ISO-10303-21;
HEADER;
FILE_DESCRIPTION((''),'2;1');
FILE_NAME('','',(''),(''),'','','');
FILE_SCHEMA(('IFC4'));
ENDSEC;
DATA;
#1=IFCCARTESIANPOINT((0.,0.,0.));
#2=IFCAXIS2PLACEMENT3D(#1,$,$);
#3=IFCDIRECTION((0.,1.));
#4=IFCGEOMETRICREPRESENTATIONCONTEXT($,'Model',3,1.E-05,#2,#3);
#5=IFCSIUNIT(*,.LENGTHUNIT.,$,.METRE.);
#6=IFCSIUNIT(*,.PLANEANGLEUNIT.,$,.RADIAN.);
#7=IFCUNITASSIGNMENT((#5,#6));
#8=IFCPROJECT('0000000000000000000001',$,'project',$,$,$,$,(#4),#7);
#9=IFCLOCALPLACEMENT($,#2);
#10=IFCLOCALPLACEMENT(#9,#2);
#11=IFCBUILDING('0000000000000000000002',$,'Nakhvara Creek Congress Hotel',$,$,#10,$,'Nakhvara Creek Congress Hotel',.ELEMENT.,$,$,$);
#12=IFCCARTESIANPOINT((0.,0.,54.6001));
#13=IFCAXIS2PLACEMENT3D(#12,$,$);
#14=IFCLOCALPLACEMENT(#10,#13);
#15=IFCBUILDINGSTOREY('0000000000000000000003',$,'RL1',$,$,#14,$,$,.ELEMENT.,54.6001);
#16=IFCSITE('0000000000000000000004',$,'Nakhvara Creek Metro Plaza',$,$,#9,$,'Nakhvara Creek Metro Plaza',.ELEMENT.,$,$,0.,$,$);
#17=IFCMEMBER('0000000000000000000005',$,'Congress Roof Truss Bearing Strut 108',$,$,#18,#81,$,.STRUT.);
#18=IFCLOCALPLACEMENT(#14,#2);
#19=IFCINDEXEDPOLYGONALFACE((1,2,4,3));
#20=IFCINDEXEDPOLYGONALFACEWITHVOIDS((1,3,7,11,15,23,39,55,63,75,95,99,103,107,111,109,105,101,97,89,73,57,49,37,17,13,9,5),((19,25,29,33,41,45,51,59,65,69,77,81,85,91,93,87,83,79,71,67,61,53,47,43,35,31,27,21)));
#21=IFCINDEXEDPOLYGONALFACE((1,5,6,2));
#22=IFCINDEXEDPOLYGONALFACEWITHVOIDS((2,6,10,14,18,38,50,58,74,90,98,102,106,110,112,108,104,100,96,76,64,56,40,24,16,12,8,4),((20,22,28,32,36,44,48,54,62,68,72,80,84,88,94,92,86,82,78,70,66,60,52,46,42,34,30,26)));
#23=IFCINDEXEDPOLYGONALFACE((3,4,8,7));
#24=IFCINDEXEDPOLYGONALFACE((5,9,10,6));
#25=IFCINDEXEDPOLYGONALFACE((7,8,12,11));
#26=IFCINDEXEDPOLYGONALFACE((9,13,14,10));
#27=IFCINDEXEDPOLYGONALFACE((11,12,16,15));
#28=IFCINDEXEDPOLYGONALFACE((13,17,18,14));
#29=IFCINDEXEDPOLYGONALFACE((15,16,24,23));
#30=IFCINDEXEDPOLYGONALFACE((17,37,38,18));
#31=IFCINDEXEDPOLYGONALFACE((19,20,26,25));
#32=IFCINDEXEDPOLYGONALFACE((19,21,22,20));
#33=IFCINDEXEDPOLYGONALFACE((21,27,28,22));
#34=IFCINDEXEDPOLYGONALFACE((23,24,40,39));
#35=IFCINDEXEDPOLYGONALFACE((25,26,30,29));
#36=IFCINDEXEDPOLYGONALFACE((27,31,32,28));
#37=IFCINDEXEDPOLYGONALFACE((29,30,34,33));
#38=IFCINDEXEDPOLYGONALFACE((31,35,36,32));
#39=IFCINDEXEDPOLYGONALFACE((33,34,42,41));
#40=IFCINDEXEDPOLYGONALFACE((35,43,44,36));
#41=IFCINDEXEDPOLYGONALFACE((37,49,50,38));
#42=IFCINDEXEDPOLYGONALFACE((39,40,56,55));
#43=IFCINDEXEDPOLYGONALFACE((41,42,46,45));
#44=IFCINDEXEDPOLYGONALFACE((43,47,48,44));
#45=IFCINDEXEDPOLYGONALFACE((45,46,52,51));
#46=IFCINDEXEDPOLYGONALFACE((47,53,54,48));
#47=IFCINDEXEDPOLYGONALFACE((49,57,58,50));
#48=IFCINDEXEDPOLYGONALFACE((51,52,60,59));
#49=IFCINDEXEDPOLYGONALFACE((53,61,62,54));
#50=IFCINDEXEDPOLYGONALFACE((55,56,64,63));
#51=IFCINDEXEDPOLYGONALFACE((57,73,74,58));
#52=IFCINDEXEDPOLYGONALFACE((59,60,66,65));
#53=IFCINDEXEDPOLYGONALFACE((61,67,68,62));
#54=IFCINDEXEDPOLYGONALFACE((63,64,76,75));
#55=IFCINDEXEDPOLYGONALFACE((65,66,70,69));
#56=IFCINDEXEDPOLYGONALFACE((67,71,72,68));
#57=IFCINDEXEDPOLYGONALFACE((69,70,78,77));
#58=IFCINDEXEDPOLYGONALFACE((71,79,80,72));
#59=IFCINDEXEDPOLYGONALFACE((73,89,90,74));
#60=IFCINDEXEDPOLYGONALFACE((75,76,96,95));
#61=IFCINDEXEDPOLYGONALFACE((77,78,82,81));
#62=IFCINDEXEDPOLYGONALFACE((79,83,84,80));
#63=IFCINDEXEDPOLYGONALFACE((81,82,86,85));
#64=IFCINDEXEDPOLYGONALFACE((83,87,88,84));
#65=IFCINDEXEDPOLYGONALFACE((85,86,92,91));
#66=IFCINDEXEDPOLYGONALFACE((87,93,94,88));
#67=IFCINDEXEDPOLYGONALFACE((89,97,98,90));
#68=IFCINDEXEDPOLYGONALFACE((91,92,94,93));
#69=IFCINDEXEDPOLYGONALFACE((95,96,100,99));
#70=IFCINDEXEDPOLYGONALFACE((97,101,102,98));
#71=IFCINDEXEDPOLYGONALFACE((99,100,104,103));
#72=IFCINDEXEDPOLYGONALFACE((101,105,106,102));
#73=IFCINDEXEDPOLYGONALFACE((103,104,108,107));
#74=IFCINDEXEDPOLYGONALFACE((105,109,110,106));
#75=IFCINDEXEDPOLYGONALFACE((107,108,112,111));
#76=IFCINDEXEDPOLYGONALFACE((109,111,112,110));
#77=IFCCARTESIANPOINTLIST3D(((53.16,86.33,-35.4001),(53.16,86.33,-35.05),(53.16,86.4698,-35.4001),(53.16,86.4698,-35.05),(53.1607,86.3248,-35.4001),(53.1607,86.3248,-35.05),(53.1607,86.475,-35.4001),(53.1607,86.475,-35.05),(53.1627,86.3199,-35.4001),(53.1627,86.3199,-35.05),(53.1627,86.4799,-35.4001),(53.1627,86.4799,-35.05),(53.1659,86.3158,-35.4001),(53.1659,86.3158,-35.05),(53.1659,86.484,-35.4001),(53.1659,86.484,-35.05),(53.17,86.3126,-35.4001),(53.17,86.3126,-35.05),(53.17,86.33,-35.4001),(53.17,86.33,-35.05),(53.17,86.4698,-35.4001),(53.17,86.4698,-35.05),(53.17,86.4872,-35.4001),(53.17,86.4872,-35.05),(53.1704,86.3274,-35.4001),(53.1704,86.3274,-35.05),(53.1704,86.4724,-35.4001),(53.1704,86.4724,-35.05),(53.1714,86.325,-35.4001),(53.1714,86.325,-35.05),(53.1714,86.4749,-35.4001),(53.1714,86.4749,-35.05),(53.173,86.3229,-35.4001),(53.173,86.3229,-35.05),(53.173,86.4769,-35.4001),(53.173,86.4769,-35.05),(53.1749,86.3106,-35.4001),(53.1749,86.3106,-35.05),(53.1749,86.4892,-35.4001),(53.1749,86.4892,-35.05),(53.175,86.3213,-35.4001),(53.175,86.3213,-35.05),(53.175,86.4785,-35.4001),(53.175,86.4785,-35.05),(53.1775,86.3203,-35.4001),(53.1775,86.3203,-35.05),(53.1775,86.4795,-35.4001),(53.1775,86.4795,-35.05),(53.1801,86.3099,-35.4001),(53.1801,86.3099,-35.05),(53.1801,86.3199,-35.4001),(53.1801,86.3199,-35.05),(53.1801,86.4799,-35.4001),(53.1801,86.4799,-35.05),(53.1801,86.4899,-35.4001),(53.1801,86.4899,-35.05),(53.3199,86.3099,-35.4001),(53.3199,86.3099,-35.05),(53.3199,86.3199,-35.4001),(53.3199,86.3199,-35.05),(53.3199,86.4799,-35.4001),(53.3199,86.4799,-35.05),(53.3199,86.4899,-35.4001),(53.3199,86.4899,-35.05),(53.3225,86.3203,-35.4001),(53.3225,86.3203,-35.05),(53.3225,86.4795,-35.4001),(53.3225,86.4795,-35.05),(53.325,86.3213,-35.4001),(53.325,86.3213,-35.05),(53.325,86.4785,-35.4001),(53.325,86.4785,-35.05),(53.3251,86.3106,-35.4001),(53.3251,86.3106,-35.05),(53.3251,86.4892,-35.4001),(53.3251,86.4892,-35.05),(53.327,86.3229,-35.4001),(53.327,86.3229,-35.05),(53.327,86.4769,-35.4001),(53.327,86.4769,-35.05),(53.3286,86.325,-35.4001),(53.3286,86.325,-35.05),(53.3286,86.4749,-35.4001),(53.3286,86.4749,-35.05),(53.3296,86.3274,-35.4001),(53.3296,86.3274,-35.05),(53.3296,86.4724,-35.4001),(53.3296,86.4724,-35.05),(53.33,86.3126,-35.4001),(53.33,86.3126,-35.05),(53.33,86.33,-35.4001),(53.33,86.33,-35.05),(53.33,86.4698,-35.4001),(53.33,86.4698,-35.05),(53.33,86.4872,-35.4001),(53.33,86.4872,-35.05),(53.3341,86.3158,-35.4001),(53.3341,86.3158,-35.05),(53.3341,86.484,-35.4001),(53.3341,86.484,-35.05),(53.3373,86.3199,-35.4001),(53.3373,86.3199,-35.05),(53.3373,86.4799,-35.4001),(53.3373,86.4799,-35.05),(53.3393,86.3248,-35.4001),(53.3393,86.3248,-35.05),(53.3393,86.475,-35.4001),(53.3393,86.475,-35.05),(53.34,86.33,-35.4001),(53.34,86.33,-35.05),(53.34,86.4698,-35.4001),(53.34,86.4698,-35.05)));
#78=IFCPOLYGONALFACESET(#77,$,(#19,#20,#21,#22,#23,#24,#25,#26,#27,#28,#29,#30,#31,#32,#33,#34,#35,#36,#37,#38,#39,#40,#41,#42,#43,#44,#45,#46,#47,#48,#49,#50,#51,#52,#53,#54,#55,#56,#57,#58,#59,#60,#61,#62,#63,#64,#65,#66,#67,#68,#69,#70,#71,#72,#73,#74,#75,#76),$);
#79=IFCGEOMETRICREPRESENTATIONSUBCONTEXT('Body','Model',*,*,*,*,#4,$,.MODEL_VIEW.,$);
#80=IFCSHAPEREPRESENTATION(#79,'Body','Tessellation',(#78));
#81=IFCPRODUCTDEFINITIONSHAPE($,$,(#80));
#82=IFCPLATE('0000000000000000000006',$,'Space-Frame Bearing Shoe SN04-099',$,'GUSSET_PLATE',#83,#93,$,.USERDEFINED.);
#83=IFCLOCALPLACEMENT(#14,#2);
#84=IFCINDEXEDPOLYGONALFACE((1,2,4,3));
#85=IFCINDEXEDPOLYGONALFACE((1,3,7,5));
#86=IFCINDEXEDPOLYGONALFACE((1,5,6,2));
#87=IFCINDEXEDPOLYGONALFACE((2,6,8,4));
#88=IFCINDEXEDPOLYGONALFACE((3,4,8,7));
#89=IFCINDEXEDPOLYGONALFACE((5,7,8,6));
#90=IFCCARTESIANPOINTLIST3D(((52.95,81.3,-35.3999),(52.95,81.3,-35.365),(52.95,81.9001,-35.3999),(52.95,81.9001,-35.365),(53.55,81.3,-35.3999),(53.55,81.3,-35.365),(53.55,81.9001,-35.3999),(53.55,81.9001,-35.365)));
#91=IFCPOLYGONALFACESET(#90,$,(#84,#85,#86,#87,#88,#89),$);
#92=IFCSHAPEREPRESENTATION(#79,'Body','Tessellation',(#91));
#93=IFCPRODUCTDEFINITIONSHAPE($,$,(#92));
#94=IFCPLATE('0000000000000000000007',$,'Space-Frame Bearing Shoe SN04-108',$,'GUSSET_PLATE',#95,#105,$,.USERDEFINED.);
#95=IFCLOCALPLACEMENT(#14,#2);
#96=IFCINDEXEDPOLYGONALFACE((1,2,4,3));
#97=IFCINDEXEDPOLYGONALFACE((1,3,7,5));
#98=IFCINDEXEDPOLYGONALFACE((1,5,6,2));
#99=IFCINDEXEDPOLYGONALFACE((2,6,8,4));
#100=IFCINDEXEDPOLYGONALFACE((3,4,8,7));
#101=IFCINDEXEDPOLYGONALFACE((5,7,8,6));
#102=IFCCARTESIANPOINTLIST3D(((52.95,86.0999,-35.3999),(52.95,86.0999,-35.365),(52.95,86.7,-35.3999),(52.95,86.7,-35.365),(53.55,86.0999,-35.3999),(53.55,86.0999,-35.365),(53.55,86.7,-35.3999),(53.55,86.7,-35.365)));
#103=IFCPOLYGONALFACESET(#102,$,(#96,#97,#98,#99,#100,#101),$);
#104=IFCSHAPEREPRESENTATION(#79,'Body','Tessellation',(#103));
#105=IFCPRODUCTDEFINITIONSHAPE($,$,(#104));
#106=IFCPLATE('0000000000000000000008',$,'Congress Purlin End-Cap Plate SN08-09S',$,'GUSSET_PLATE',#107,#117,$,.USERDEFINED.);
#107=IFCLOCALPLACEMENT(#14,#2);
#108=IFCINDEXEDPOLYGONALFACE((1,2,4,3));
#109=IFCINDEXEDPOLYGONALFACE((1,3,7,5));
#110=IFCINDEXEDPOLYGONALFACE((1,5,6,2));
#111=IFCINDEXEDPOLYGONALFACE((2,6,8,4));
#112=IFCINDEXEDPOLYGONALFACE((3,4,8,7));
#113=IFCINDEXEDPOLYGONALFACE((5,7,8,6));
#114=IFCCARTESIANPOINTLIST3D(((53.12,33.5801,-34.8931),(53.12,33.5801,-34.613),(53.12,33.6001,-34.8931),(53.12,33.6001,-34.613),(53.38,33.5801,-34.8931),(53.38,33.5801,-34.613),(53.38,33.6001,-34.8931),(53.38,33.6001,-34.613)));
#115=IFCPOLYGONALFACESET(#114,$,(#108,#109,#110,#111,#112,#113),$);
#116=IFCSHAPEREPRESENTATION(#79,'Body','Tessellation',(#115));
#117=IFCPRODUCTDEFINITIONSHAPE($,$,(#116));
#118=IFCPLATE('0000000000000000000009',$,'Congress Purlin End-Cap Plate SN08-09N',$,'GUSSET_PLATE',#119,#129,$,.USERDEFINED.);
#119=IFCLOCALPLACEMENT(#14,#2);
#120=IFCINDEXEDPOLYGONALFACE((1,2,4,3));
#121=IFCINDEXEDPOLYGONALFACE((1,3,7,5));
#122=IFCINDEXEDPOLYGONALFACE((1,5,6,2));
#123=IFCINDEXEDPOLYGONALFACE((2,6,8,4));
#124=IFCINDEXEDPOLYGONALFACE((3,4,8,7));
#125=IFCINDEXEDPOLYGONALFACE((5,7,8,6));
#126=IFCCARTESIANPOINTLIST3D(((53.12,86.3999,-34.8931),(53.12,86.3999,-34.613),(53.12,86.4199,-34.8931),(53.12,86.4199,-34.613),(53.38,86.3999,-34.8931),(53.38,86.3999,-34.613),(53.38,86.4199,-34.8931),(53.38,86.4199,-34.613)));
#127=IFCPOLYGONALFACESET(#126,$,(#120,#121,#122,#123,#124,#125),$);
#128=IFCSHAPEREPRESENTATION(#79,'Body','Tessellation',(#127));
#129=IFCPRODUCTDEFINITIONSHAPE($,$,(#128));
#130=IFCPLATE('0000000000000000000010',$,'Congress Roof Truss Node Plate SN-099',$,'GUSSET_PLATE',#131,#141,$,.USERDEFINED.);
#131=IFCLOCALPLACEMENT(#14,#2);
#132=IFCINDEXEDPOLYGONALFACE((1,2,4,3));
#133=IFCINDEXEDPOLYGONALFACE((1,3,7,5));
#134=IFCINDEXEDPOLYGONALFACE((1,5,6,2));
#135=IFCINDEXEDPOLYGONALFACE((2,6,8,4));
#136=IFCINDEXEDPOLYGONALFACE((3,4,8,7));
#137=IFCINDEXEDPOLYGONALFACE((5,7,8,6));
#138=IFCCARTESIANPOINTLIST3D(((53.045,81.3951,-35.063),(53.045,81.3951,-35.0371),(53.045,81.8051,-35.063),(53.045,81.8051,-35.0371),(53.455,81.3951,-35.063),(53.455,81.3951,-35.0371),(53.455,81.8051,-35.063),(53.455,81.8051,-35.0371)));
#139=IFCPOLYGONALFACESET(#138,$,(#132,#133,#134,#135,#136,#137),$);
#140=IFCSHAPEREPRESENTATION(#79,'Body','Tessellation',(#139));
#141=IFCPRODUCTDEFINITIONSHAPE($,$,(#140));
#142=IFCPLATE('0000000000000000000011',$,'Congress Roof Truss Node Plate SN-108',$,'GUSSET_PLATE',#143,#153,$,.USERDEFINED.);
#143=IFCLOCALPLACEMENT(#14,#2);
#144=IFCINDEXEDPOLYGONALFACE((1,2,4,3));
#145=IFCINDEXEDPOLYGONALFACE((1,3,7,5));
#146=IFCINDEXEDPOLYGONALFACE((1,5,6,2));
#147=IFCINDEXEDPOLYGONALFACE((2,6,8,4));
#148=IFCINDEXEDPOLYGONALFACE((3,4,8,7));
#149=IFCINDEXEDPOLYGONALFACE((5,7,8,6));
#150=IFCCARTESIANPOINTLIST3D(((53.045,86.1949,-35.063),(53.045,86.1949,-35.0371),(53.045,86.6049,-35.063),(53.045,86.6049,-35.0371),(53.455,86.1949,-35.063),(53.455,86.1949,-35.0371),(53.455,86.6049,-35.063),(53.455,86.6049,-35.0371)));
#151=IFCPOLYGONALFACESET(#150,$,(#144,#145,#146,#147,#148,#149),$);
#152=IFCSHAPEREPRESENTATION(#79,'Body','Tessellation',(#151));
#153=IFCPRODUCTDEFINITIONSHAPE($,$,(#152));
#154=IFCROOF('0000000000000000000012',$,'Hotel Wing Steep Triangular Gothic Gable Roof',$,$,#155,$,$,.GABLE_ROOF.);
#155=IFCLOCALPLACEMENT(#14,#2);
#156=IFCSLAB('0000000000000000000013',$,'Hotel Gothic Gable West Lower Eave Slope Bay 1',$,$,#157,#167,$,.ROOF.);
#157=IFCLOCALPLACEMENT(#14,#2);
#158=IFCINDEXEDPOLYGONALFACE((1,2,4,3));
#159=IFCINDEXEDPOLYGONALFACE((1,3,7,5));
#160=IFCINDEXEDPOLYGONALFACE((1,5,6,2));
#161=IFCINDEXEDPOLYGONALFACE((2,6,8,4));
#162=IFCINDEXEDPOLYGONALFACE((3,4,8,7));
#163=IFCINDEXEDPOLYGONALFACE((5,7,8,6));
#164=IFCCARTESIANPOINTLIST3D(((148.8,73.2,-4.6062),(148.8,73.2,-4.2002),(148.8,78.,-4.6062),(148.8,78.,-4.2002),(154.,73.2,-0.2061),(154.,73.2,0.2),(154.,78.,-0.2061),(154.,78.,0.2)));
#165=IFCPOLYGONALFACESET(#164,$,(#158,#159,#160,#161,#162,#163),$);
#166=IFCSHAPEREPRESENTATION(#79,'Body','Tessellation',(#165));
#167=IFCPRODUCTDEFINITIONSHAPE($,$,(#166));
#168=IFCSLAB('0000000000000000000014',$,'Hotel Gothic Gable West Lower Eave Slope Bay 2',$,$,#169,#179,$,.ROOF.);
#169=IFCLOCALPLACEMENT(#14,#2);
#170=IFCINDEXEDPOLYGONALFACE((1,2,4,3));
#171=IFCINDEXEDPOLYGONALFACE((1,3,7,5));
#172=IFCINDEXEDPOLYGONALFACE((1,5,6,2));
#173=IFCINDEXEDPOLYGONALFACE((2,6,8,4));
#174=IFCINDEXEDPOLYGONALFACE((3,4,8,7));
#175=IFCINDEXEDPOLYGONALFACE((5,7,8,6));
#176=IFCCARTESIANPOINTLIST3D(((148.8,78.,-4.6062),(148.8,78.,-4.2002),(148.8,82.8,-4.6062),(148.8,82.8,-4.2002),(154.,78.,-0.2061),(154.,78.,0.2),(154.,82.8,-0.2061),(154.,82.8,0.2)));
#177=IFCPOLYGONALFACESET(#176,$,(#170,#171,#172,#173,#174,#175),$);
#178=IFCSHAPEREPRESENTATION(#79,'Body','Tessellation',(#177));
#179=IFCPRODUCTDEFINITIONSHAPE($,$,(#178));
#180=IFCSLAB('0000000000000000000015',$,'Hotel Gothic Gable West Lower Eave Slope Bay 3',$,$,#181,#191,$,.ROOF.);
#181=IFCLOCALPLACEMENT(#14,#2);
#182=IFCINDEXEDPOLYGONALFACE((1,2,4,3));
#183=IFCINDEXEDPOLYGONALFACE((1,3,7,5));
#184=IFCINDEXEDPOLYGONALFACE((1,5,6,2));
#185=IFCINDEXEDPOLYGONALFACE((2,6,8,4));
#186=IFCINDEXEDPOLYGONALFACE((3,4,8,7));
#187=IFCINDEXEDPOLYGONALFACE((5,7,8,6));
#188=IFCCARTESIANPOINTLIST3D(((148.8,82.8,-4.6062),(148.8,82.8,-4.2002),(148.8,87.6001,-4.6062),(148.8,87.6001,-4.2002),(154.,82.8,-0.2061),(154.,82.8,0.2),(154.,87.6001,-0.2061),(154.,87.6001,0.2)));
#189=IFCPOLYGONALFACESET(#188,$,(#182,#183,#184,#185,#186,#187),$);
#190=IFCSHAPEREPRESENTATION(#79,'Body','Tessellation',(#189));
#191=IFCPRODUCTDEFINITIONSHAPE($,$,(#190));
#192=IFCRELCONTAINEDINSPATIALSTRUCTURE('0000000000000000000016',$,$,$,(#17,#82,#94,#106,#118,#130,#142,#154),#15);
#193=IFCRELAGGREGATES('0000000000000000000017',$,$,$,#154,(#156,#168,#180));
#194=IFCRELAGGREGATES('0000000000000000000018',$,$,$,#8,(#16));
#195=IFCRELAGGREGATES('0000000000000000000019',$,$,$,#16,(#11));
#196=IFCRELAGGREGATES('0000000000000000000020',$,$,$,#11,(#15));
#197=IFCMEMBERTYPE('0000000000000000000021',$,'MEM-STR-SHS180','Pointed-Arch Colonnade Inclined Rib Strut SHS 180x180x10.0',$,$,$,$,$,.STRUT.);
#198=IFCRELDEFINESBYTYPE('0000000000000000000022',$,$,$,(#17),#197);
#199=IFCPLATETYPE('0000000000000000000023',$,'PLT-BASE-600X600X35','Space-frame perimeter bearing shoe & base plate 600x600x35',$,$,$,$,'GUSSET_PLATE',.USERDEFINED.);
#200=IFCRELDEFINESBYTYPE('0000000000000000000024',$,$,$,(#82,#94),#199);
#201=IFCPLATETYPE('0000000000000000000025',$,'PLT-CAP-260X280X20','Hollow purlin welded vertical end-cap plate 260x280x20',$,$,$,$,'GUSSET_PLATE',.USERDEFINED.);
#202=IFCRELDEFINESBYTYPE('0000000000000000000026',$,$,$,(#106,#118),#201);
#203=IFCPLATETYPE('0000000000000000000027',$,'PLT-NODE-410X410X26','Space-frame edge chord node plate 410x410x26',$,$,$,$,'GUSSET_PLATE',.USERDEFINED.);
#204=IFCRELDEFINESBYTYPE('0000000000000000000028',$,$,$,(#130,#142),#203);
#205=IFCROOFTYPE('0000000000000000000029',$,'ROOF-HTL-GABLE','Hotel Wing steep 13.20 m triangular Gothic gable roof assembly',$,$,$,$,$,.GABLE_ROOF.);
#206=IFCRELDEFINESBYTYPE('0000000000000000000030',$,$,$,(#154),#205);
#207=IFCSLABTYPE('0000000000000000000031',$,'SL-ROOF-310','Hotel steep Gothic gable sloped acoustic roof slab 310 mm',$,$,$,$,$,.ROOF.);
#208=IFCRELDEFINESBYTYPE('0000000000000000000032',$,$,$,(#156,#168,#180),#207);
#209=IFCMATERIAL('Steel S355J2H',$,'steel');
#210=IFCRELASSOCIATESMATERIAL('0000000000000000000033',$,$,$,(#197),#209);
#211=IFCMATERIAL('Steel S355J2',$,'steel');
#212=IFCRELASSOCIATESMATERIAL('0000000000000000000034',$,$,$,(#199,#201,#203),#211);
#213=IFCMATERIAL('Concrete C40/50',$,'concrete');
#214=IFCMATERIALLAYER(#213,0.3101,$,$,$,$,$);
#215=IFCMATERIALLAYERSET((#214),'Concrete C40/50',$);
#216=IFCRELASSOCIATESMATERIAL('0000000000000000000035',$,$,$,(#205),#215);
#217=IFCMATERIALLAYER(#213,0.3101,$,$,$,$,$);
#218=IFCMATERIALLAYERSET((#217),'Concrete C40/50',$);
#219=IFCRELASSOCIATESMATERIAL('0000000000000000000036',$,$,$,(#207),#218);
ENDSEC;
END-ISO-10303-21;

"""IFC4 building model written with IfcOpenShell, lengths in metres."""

from ifc_helpers import new_model, si_unit, direction, frame, origin, origin_2d, place, context, subcontext, project, spatial, polyline, rectangle, hollow_rectangle, outline, extrude, material, layer, layer_set, material_profile, profile_set, type_object, element, aggregate, save


model = new_model("IFC4")

# Units and contexts
model_context = context("Model", 3, precision=1e-05, world=origin(), true_north=direction((0.0, 1.0)))
body_context = subcontext(model_context, "Body", "Model", "MODEL_VIEW")
ifc_project = project(units=[si_unit("LENGTHUNIT", "METRE"), si_unit("PLANEANGLEUNIT", "RADIAN")], contexts=[model_context])

# Site, building, storey
site_placement = place(None, origin())
site = spatial("IfcSite", under=ifc_project, at=site_placement, Name="Nakhvara Creek Metro Plaza", LongName="Nakhvara Creek Metro Plaza", CompositionType="ELEMENT", RefElevation=0.0)
building_placement = place(site_placement, origin())
building = spatial("IfcBuilding", under=site, at=building_placement, Name="Nakhvara Creek Congress Hotel", LongName="Nakhvara Creek Congress Hotel", CompositionType="ELEMENT")
storey_placement = place(building_placement, frame((0.0, 0.0, 54.6001)))
storey = spatial("IfcBuildingStorey", under=building, at=storey_placement, Name="RL1", CompositionType="ELEMENT", Elevation=54.6001)

# Member
ifc_material_1 = material(Name="Steel S355J2H", Category="steel")
ifc_material_profile_1 = material_profile(ifc_material_1, hollow_rectangle(XDim=0.1799, YDim=0.1799, WallThickness=0.01, InnerFilletRadius=0.01, OuterFilletRadius=0.02, at=origin_2d()), Name="SHS 180x180x10.0", Category="LoadBearing")
ifc_profile_set_1 = profile_set([ifc_material_profile_1], Name="Steel S355J2H")
member_type_1 = type_object("IfcMemberType", Name="MEM-STR-SHS180", Description="Pointed-Arch Colonnade Inclined Rib Strut SHS 180x180x10.0", PredefinedType="STRUT", material=ifc_profile_set_1)
for number, where, z_axis, x_axis, name in (
    (1, (53.25, 86.3999, -35.4001), (0.0, 0.0, 1.0), (1.0, 0.0, 0.0), "Congress Roof Truss Bearing Strut 108"),
):
    element("IfcMember", number, at=place(storey_placement, frame(where, z_axis=z_axis, x_axis=x_axis)), inside=storey, type_object=member_type_1, Name=name, PredefinedType="STRUT", context=body_context, shape_type="SweptSolid", body=[
        extrude(hollow_rectangle(XDim=0.1799, YDim=0.1799, WallThickness=0.01, InnerFilletRadius=0.01, OuterFilletRadius=0.02, at=origin_2d()), origin(), (0.0, 0.0, 1.0), 0.3501),
    ])

# Plates
ifc_material_2 = material(Name="Steel S355J2", Category="steel")
plate_type_1 = type_object("IfcPlateType", Name="PLT-BASE-600X600X35", Description="Space-frame perimeter bearing shoe & base plate 600x600x35", ElementType="GUSSET_PLATE", PredefinedType="USERDEFINED", material=ifc_material_2)
for number, where, z_axis, x_axis, name in (
    (2, (53.25, 81.6001, -35.3999), (0.0, 0.0, 1.0), (1.0, 0.0, 0.0), "Space-Frame Bearing Shoe SN04-099"),
    (3, (53.25, 86.3999, -35.3999), (0.0, 0.0, 1.0), (1.0, 0.0, 0.0), "Space-Frame Bearing Shoe SN04-108"),
):
    element("IfcPlate", number, at=place(storey_placement, frame(where, z_axis=z_axis, x_axis=x_axis)), inside=storey, type_object=plate_type_1, Name=name, ObjectType="GUSSET_PLATE", PredefinedType="USERDEFINED", context=body_context, shape_type="SweptSolid", body=[
        extrude(rectangle(XDim=0.6001, YDim=0.6001, at=origin_2d()), origin(), (0.0, 0.0, 1.0), 0.0349),
    ])
plate_type_2 = type_object("IfcPlateType", Name="PLT-CAP-260X280X20", Description="Hollow purlin welded vertical end-cap plate 260x280x20", ElementType="GUSSET_PLATE", PredefinedType="USERDEFINED", material=ifc_material_2)
for number, where, z_axis, x_axis, name in (
    (4, (53.25, 33.5901, -34.8931), (0.0, 0.0, 1.0), (1.0, 0.0, 0.0), "Congress Purlin End-Cap Plate SN08-09S"),
    (5, (53.25, 86.4099, -34.8931), (0.0, 0.0, 1.0), (1.0, 0.0, 0.0), "Congress Purlin End-Cap Plate SN08-09N"),
):
    element("IfcPlate", number, at=place(storey_placement, frame(where, z_axis=z_axis, x_axis=x_axis)), inside=storey, type_object=plate_type_2, Name=name, ObjectType="GUSSET_PLATE", PredefinedType="USERDEFINED", context=body_context, shape_type="SweptSolid", body=[
        extrude(rectangle(XDim=0.26, YDim=0.02, at=origin_2d()), origin(), (0.0, 0.0, 1.0), 0.28),
    ])
plate_type_3 = type_object("IfcPlateType", Name="PLT-NODE-410X410X26", Description="Space-frame edge chord node plate 410x410x26", ElementType="GUSSET_PLATE", PredefinedType="USERDEFINED", material=ifc_material_2)
for number, where, z_axis, x_axis, name in (
    (6, (53.25, 81.6001, -35.063), (0.0, 0.0, 1.0), (1.0, 0.0, 0.0), "Congress Roof Truss Node Plate SN-099"),
    (7, (53.25, 86.3999, -35.063), (0.0, 0.0, 1.0), (1.0, 0.0, 0.0), "Congress Roof Truss Node Plate SN-108"),
):
    element("IfcPlate", number, at=place(storey_placement, frame(where, z_axis=z_axis, x_axis=x_axis)), inside=storey, type_object=plate_type_3, Name=name, ObjectType="GUSSET_PLATE", PredefinedType="USERDEFINED", context=body_context, shape_type="SweptSolid", body=[
        extrude(rectangle(XDim=0.4099, YDim=0.4099, at=origin_2d()), origin(), (0.0, 0.0, 1.0), 0.0259),
    ])

# Roof, slabs
ifc_material_3 = material(Name="Concrete C40/50", Category="concrete")
ifc_layer_1 = layer(ifc_material_3, 0.3101)
ifc_layer_set_1 = layer_set([ifc_layer_1], Name="Concrete C40/50")
roof_type = type_object("IfcRoofType", Name="ROOF-HTL-GABLE", Description="Hotel Wing steep 13.20 m triangular Gothic gable roof assembly", PredefinedType="GABLE_ROOF", material=ifc_layer_set_1)
roof_placement = place(storey_placement, origin())
roof = element("IfcRoof", 8, at=roof_placement, inside=storey, type_object=roof_type, Name="Hotel Wing Steep Triangular Gothic Gable Roof", PredefinedType="GABLE_ROOF")
ifc_layer_2 = layer(ifc_material_3, 0.3101)
ifc_layer_set_2 = layer_set([ifc_layer_2], Name="Concrete C40/50")
slab_type = type_object("IfcSlabType", Name="SL-ROOF-310", Description="Hotel steep Gothic gable sloped acoustic roof slab 310 mm", PredefinedType="ROOF", material=ifc_layer_set_2)
slab_1_placement = place(storey_placement, frame((148.8, 73.2, -4.2002), z_axis=(0.0, 0.0, 1.0), x_axis=(1.0, 0.0, 0.0)))
slab_1 = element("IfcSlab", 9, at=slab_1_placement, type_object=slab_type, Name="Hotel Gothic Gable West Lower Eave Slope Bay 1", PredefinedType="ROOF", context=body_context, shape_type="SweptSolid", body=[
    extrude(outline(polyline([(0.0, 0.0), (5.2, 4.4001), (5.2, 3.9941), (0.0, -0.406), (0.0, 0.0)])), frame((0.0, 4.8, 0.0), z_axis=(0.0, -1.0, 0.0), x_axis=(1.0, 0.0, 0.0)), (0.0, 0.0, 1.0), 4.8),
])
slab_2_placement = place(storey_placement, frame((148.8, 78.0, -4.2002), z_axis=(0.0, 0.0, 1.0), x_axis=(1.0, 0.0, 0.0)))
slab_2 = element("IfcSlab", 10, at=slab_2_placement, type_object=slab_type, Name="Hotel Gothic Gable West Lower Eave Slope Bay 2", PredefinedType="ROOF", context=body_context, shape_type="SweptSolid", body=[
    extrude(outline(polyline([(0.0, 0.0), (5.2, 4.4001), (5.2, 3.9941), (0.0, -0.406), (0.0, 0.0)])), frame((0.0, 4.8, 0.0), z_axis=(0.0, -1.0, 0.0), x_axis=(1.0, 0.0, 0.0)), (0.0, 0.0, 1.0), 4.8),
])
slab_3_placement = place(storey_placement, frame((148.8, 82.8, -4.2002), z_axis=(0.0, 0.0, 1.0), x_axis=(1.0, 0.0, 0.0)))
slab_3 = element("IfcSlab", 11, at=slab_3_placement, type_object=slab_type, Name="Hotel Gothic Gable West Lower Eave Slope Bay 3", PredefinedType="ROOF", context=body_context, shape_type="SweptSolid", body=[
    extrude(outline(polyline([(0.0, 0.0), (5.2, 4.4001), (5.2, 3.9941), (0.0, -0.406), (0.0, 0.0)])), frame((0.0, 4.8, 0.0), z_axis=(0.0, -1.0, 0.0), x_axis=(1.0, 0.0, 0.0)), (0.0, 0.0, 1.0), 4.8),
])
aggregate(roof, [slab_1, slab_2, slab_3])

save(model, "model.ifc")
